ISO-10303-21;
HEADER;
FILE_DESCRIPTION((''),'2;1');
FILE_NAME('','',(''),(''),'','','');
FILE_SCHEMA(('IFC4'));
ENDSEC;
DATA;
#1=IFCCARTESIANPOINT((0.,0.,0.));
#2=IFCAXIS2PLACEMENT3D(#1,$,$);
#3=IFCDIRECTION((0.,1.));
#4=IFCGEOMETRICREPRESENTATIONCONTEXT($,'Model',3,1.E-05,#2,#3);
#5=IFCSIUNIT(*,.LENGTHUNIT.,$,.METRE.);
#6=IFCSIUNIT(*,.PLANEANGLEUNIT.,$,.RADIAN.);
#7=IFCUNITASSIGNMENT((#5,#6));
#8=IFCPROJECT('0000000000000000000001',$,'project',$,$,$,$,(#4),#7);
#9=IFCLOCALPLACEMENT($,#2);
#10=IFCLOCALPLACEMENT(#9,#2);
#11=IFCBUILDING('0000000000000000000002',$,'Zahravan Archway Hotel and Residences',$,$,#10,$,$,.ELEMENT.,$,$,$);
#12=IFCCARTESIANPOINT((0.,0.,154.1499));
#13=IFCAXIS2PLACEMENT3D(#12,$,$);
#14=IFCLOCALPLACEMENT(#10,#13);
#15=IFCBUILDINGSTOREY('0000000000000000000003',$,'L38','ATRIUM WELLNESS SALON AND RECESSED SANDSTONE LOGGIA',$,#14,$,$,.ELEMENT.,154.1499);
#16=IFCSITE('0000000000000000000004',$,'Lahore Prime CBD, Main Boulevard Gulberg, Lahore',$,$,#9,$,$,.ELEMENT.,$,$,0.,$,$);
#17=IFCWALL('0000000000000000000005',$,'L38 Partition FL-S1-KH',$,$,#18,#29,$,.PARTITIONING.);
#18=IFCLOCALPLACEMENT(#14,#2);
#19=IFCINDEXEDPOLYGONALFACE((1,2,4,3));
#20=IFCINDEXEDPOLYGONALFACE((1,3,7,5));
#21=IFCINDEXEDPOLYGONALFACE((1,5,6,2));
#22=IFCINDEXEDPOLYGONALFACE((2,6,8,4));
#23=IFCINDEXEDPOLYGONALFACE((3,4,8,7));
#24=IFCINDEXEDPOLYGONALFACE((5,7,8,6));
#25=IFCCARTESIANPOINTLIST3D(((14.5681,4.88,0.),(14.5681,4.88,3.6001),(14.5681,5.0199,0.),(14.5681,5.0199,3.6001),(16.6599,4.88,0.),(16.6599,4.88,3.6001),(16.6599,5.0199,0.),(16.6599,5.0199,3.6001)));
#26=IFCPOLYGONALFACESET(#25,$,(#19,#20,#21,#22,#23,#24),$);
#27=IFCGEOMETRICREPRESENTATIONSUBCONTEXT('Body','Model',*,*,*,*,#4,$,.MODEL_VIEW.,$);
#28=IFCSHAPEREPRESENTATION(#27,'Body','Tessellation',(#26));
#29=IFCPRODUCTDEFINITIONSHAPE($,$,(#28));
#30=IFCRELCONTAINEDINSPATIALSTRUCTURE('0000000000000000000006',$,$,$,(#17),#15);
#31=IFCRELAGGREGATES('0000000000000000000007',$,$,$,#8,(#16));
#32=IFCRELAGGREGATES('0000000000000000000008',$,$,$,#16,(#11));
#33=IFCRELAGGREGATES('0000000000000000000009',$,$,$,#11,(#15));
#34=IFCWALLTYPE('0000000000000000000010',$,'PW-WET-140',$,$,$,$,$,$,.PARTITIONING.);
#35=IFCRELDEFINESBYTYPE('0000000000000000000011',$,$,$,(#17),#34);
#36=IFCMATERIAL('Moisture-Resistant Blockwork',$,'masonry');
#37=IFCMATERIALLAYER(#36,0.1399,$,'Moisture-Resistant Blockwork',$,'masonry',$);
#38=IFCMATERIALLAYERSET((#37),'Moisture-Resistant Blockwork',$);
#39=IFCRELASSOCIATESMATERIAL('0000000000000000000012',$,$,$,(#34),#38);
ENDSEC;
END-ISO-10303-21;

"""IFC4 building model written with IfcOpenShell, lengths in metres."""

from ifc_helpers import new_model, si_unit, direction, frame, frame_2d, origin, place, context, subcontext, project, spatial, rectangle, extrude, material, layer, layer_set, type_object, element, save


model = new_model("IFC4")

# Units and contexts
model_context = context("Model", 3, precision=1e-05, world=origin(), true_north=direction((0.0, 1.0)))
body_context = subcontext(model_context, "Body", "Model", "MODEL_VIEW")
ifc_project = project(units=[si_unit("LENGTHUNIT", "METRE"), si_unit("PLANEANGLEUNIT", "RADIAN")], contexts=[model_context])

# Site, building, storey
site_placement = place(None, origin())
site = spatial("IfcSite", under=ifc_project, at=site_placement, Name="Lahore Prime CBD, Main Boulevard Gulberg, Lahore", CompositionType="ELEMENT", RefElevation=0.0)
building_placement = place(site_placement, origin())
building = spatial("IfcBuilding", under=site, at=building_placement, Name="Zahravan Archway Hotel and Residences", CompositionType="ELEMENT")
storey_placement = place(building_placement, frame((0.0, 0.0, 154.1499)))
storey = spatial("IfcBuildingStorey", under=building, at=storey_placement, Name="L38", Description="ATRIUM WELLNESS SALON AND RECESSED SANDSTONE LOGGIA", CompositionType="ELEMENT", Elevation=154.1499)

# Wall
ifc_material_1 = material(Name="Moisture-Resistant Blockwork", Category="masonry")
ifc_layer_1 = layer(ifc_material_1, 0.1399, Name="Moisture-Resistant Blockwork", Category="masonry")
ifc_layer_set_1 = layer_set([ifc_layer_1], Name="Moisture-Resistant Blockwork")
wall_type_1 = type_object("IfcWallType", Name="PW-WET-140", PredefinedType="PARTITIONING", material=ifc_layer_set_1)
wall_1_placement = place(storey_placement, frame((14.5681, 4.95, 0.0), z_axis=(0.0, 0.0, 1.0), x_axis=(1.0, 0.0, 0.0)))
element("IfcWall", 1, at=wall_1_placement, inside=storey, type_object=wall_type_1, Name="L38 Partition FL-S1-KH", PredefinedType="PARTITIONING", context=body_context, shape_type="SweptSolid", body=[
    extrude(rectangle(XDim=2.0918, YDim=0.1399, at=frame_2d((1.0459, 0.0))), origin(), (0.0, 0.0, 1.0), 3.6001),
])

save(model, "model.ifc")
